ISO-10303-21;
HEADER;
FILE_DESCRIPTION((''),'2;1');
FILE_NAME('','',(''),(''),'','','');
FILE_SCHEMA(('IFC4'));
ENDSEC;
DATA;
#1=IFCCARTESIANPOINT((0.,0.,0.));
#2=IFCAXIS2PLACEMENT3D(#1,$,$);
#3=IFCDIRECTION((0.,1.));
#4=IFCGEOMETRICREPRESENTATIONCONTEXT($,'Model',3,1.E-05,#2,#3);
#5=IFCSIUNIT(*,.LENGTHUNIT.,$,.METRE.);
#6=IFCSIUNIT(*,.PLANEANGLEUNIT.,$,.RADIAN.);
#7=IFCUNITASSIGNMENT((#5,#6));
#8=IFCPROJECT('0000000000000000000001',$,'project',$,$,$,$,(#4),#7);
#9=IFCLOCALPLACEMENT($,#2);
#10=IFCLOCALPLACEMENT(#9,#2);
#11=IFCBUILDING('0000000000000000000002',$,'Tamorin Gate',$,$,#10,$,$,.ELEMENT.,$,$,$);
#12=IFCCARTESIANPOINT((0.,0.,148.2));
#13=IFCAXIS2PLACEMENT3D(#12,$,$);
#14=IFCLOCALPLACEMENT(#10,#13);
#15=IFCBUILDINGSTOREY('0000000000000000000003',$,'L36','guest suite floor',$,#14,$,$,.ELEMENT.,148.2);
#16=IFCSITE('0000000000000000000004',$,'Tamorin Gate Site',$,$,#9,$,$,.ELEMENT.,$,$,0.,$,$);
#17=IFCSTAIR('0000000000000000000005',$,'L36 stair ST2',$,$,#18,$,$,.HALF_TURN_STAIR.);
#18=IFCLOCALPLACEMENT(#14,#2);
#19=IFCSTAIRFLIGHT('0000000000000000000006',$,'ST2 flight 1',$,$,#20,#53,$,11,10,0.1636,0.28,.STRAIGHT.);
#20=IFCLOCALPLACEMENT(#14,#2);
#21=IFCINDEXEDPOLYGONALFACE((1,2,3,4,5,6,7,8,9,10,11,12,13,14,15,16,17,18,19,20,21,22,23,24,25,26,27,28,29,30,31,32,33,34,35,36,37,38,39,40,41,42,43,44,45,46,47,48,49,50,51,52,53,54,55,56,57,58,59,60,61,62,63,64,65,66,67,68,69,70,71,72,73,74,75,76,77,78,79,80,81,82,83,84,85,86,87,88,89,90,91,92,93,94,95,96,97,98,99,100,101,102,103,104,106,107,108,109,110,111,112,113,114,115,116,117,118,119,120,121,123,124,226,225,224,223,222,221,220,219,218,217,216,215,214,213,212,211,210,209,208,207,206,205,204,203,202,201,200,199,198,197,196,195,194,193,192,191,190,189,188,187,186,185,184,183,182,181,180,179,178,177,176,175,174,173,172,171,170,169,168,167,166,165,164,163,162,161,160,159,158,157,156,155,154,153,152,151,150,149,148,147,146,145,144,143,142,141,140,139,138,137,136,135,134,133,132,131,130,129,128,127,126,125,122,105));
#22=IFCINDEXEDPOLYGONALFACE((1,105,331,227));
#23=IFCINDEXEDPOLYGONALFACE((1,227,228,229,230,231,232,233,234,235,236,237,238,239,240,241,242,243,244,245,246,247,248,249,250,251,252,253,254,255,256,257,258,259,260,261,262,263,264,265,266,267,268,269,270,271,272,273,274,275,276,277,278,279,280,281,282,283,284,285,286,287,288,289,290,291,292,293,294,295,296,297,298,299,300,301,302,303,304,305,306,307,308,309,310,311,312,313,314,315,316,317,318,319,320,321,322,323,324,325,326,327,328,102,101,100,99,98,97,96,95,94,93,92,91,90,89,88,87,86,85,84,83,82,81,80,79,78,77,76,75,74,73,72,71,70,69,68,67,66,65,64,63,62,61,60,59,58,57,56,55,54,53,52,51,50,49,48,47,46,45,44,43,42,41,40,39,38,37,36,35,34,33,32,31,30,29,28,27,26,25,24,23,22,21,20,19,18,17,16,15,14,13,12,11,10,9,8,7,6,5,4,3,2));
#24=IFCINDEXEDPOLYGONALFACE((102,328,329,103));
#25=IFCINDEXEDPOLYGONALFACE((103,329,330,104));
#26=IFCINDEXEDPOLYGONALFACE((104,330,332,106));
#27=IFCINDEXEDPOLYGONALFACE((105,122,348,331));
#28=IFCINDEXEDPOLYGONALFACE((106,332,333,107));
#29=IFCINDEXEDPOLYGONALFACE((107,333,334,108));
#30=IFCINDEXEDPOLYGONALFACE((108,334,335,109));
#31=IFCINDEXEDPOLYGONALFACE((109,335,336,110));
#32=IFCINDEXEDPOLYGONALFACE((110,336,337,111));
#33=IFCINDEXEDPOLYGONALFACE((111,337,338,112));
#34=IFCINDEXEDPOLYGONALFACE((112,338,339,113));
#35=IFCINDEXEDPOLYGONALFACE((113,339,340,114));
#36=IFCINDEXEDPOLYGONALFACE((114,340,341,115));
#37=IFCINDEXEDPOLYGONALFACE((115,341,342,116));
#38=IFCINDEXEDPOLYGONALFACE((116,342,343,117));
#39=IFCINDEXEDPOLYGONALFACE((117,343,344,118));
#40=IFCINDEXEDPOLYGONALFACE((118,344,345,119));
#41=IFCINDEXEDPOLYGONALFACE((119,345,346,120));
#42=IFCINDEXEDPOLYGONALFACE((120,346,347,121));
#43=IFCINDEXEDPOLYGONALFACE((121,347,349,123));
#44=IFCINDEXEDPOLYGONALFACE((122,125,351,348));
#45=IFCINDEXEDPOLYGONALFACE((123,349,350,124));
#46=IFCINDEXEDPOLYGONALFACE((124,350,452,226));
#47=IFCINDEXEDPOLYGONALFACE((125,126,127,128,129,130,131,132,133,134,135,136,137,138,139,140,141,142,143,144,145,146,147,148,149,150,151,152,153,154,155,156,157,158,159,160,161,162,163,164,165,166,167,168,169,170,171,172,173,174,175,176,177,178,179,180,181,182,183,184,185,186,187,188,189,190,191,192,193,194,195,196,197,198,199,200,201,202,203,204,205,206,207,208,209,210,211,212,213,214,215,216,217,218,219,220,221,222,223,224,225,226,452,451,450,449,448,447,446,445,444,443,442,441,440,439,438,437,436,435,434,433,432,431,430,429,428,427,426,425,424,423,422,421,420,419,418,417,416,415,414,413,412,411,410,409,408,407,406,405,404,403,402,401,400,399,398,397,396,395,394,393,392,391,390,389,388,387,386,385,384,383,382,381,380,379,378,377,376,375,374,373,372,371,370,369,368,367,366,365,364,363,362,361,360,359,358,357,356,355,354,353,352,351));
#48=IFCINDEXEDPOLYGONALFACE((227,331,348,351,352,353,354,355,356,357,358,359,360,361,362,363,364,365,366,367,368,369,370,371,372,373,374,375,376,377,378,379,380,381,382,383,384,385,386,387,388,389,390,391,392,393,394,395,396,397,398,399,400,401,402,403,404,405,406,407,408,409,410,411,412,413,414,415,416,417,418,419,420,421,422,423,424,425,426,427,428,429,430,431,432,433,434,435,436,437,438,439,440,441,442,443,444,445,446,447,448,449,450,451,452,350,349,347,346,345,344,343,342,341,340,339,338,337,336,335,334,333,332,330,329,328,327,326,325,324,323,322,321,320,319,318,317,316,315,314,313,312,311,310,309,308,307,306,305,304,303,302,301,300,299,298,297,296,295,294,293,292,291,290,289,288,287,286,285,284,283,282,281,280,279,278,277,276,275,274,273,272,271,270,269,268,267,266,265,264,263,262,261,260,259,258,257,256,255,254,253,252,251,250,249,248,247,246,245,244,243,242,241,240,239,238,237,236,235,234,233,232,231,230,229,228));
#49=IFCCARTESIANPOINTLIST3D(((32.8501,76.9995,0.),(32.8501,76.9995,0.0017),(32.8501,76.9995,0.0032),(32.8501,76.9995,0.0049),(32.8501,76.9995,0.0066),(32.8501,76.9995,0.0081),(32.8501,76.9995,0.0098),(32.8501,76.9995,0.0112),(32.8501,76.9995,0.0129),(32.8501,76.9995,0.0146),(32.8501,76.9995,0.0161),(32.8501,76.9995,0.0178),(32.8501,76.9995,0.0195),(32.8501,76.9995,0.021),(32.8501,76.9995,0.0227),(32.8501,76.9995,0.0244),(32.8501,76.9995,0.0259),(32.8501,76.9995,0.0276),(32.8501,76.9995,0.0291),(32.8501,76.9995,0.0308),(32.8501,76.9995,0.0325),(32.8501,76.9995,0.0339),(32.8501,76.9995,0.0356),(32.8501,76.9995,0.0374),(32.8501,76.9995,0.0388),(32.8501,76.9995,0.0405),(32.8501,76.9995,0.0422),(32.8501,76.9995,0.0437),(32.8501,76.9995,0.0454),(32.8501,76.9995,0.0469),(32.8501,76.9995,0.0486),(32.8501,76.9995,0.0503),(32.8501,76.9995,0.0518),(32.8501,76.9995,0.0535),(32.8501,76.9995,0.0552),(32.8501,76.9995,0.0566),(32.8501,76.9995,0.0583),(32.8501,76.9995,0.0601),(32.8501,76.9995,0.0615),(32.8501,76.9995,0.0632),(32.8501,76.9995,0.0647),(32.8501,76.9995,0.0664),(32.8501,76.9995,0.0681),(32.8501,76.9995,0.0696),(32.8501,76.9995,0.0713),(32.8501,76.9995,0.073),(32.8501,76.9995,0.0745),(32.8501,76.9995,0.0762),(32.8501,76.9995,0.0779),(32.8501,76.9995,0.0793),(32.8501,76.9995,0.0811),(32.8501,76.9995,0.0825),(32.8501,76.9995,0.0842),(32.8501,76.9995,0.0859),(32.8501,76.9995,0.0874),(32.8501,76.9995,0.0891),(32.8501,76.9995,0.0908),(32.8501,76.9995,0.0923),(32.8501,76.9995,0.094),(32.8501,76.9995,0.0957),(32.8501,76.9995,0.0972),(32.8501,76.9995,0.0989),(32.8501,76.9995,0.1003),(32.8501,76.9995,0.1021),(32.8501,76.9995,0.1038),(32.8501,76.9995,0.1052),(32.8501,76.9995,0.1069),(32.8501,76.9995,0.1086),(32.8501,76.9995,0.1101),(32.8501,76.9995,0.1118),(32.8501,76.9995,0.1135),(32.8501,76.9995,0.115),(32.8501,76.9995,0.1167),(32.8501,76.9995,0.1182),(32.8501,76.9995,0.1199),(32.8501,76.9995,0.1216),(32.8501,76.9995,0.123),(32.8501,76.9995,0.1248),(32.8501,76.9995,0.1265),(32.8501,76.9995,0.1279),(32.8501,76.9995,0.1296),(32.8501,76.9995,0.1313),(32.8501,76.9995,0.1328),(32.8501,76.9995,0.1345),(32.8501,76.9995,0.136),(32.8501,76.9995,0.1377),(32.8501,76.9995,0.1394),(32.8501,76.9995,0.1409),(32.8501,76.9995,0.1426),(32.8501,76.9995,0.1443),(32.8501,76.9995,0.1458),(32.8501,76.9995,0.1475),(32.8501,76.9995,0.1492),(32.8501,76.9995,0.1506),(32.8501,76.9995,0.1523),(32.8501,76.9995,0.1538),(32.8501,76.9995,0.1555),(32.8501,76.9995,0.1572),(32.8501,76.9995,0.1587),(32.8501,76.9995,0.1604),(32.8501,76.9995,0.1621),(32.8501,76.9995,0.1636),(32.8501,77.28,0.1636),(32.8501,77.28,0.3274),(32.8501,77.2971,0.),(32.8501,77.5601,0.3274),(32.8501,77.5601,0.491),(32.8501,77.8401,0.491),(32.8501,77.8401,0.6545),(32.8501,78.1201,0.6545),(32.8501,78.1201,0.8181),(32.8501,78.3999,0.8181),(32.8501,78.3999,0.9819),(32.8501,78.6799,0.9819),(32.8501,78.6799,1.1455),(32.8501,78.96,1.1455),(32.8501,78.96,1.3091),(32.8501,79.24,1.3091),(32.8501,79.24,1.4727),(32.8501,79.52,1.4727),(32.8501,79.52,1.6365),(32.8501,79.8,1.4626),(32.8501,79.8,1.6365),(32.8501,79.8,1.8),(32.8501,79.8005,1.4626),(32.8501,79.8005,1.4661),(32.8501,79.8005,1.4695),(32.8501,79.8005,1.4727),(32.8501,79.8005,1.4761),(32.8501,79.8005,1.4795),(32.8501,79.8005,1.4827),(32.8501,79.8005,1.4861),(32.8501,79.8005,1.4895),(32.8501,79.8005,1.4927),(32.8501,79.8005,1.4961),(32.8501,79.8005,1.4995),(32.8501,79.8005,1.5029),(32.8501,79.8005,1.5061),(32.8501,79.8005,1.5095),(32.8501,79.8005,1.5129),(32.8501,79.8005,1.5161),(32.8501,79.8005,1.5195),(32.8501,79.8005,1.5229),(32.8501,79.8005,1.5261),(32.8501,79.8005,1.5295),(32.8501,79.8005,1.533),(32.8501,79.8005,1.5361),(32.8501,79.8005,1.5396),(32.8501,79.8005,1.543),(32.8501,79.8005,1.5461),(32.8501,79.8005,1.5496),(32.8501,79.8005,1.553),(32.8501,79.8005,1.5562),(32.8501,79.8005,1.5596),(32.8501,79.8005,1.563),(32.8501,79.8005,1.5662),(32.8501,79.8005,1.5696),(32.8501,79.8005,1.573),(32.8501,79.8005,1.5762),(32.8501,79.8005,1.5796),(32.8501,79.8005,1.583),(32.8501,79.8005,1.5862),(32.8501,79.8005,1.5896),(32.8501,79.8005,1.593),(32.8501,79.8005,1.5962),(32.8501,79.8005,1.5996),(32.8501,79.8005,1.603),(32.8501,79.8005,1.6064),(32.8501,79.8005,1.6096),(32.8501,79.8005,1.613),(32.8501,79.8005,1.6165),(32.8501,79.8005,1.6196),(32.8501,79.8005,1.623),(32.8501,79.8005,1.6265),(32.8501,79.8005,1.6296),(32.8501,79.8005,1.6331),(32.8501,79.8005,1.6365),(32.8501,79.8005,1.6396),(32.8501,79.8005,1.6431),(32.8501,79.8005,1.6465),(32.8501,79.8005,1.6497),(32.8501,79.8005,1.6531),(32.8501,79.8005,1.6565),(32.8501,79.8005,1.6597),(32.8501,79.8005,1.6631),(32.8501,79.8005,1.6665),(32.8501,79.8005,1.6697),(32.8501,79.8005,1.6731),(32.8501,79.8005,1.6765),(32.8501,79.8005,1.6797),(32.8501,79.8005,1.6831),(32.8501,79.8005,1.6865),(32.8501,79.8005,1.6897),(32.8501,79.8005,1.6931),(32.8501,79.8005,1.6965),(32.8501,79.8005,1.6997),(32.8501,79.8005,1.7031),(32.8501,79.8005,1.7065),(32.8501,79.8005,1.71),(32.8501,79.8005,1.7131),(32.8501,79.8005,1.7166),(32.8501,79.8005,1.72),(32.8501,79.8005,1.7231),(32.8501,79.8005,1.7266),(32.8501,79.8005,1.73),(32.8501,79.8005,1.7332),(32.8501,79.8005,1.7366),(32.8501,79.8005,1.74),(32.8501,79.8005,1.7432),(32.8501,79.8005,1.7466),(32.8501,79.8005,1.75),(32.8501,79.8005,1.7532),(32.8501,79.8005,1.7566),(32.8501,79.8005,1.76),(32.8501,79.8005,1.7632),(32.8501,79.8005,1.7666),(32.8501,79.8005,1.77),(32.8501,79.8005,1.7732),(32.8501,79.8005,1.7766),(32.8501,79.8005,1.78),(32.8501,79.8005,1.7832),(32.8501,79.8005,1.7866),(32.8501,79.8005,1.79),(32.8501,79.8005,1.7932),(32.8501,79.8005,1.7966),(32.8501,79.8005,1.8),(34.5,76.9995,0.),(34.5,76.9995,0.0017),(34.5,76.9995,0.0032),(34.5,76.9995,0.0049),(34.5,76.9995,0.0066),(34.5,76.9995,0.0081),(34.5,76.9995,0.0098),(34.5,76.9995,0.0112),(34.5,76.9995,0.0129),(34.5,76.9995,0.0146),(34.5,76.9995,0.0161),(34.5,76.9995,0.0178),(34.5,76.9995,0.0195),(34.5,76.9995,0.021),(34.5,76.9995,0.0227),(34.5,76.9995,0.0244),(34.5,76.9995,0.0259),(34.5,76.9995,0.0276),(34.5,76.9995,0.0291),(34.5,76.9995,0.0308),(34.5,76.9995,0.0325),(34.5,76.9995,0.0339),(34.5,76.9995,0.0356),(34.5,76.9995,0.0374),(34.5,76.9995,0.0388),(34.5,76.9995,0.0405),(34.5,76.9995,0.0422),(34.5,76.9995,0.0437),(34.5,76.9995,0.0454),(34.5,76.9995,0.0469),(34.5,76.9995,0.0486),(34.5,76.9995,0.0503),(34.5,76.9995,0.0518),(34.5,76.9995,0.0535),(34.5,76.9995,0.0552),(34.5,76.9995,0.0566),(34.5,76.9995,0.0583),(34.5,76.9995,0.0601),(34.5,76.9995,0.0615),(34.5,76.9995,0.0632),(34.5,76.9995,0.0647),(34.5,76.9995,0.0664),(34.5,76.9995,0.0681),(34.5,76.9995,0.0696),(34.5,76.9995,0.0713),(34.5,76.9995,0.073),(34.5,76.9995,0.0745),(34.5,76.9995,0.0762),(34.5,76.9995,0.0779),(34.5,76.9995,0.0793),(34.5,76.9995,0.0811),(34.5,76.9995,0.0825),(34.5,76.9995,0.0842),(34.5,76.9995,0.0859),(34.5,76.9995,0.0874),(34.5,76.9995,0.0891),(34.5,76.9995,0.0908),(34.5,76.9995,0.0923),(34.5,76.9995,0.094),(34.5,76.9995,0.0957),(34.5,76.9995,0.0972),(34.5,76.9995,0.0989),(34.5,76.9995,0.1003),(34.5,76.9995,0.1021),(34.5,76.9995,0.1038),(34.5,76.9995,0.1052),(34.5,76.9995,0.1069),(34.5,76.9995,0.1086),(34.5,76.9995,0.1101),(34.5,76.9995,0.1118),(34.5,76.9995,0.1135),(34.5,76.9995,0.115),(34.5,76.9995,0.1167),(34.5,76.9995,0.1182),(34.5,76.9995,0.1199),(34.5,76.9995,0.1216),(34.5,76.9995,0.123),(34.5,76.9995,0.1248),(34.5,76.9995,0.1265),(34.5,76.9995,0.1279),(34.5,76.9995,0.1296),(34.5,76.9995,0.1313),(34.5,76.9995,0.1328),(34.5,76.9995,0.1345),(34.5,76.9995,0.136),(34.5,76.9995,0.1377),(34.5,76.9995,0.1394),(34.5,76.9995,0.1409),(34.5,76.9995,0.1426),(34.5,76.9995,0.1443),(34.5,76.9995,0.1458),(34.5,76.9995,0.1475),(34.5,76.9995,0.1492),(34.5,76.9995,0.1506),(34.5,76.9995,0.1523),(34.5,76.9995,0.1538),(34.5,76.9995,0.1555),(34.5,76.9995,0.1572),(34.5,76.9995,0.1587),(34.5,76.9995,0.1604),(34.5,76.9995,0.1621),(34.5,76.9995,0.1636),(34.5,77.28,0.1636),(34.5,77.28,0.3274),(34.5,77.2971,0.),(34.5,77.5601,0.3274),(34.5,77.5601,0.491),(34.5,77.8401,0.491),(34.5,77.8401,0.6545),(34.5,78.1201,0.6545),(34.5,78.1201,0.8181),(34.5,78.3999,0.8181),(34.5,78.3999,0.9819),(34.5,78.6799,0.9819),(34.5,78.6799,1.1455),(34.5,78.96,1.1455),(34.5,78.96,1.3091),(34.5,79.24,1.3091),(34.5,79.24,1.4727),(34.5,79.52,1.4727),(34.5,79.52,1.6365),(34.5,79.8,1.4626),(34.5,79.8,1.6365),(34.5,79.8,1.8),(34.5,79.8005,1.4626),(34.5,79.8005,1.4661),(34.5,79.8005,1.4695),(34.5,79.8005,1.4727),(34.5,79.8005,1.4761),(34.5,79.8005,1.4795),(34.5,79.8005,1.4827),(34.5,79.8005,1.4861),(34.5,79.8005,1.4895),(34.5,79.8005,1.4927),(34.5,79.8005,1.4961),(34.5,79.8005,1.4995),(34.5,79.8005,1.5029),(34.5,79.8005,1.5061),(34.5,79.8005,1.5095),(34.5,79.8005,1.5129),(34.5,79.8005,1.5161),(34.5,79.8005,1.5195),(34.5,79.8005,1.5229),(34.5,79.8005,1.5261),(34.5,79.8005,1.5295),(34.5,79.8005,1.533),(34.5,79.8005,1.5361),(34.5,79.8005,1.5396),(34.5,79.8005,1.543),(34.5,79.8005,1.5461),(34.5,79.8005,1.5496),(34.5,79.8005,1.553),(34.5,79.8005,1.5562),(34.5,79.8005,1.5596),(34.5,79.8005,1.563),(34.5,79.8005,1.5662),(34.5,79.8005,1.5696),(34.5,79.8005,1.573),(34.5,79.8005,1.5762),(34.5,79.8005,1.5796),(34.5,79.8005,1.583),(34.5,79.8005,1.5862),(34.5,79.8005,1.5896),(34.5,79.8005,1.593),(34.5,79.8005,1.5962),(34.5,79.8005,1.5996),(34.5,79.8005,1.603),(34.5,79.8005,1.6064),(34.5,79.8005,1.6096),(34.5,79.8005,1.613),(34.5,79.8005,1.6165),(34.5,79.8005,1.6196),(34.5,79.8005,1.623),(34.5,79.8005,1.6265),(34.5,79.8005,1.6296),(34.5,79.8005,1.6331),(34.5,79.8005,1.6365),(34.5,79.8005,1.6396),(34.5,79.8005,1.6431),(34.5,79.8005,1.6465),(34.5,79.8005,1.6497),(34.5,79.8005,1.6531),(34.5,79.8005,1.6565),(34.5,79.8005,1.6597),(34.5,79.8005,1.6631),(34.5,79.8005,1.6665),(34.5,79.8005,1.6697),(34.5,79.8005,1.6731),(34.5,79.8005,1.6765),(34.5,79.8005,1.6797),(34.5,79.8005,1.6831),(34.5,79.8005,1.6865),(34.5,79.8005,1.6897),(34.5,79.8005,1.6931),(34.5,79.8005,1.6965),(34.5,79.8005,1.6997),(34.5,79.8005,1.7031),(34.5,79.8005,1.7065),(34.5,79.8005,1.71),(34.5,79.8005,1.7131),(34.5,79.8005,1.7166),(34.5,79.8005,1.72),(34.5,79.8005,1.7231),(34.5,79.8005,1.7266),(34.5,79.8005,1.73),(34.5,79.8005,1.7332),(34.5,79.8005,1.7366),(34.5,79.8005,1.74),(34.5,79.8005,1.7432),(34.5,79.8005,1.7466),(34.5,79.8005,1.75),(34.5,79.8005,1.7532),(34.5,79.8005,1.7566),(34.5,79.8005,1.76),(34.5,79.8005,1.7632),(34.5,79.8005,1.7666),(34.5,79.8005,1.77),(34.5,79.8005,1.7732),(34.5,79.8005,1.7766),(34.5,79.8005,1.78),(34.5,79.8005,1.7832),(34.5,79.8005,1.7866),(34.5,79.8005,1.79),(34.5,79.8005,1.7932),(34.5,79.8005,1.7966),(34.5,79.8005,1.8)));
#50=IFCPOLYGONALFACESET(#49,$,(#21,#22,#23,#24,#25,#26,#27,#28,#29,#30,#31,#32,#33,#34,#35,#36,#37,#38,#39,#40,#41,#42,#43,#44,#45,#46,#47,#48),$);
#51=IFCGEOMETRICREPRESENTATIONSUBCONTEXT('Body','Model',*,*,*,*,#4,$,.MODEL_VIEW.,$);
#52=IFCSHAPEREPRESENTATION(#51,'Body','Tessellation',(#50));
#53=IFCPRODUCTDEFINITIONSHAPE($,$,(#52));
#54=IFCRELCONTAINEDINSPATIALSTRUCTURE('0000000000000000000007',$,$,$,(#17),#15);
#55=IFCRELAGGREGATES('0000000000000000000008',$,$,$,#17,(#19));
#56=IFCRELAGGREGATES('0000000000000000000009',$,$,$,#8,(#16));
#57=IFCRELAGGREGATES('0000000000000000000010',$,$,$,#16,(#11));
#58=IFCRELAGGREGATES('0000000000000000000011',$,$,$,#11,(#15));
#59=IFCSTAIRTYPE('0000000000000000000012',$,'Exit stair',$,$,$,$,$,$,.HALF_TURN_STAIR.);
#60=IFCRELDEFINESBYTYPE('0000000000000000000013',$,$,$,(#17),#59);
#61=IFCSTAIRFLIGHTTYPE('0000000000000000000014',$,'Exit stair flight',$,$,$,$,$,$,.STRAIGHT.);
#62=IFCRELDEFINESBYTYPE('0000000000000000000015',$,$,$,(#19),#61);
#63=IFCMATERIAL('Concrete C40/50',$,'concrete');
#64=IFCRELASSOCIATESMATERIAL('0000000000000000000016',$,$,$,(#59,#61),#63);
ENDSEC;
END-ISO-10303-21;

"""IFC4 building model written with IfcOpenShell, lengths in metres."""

from ifc_helpers import new_model, si_unit, direction, frame, origin, place, context, subcontext, project, spatial, polyline, outline, extrude, material, type_object, element, aggregate, save


model = new_model("IFC4")

# Units and contexts
model_context = context("Model", 3, precision=1e-05, world=origin(), true_north=direction((0.0, 1.0)))
body_context = subcontext(model_context, "Body", "Model", "MODEL_VIEW")
ifc_project = project(units=[si_unit("LENGTHUNIT", "METRE"), si_unit("PLANEANGLEUNIT", "RADIAN")], contexts=[model_context])

# Site, building, storey
site_placement = place(None, origin())
site = spatial("IfcSite", under=ifc_project, at=site_placement, Name="Tamorin Gate Site", CompositionType="ELEMENT", RefElevation=0.0)
building_placement = place(site_placement, origin())
building = spatial("IfcBuilding", under=site, at=building_placement, Name="Tamorin Gate", CompositionType="ELEMENT")
storey_placement = place(building_placement, frame((0.0, 0.0, 148.2)))
storey = spatial("IfcBuildingStorey", under=building, at=storey_placement, Name="L36", Description="guest suite floor", CompositionType="ELEMENT", Elevation=148.2)

# Shared definitions
ifc_material_1 = material(Name="Concrete C40/50", Category="concrete")

# Stair, stair flight
stair_type = type_object("IfcStairType", Name="Exit stair", PredefinedType="HALF_TURN_STAIR", material=ifc_material_1)
stair_flight_type = type_object("IfcStairFlightType", Name="Exit stair flight", PredefinedType="STRAIGHT", material=ifc_material_1)
stair_1_placement = place(storey_placement, origin())
stair_1 = element("IfcStair", 1, at=stair_1_placement, inside=storey, type_object=stair_type, Name="L36 stair ST2", PredefinedType="HALF_TURN_STAIR")
stair_flight_1_placement = place(storey_placement, frame((33.675, 77.0, 0.0), z_axis=(0.0, 0.0, 1.0), x_axis=(0.0, 1.0, 0.0)))
stair_flight_1 = element("IfcStairFlight", 2, at=stair_flight_1_placement, type_object=stair_flight_type, Name="ST2 flight 1", NumberOfRisers=11, NumberOfTreads=10, PredefinedType="STRAIGHT", RiserHeight=0.1636, TreadLength=0.28, context=body_context, shape_type="SweptSolid", body=[
    extrude(outline(polyline([(-0.0005, 0.0), (-0.0005, 0.0017), (-0.0005, 0.0032), (-0.0005, 0.0049), (-0.0005, 0.0066), (-0.0005, 0.0081), (-0.0005, 0.0098), (-0.0005, 0.0112), (-0.0005, 0.0129), (-0.0005, 0.0146), (-0.0005, 0.0161), (-0.0005, 0.0178), (-0.0005, 0.0195), (-0.0005, 0.021), (-0.0005, 0.0227), (-0.0005, 0.0244), (-0.0005, 0.0259), (-0.0005, 0.0276), (-0.0005, 0.0291), (-0.0005, 0.0308), (-0.0005, 0.0325), (-0.0005, 0.0339), (-0.0005, 0.0356), (-0.0005, 0.0374), (-0.0005, 0.0388), (-0.0005, 0.0405), (-0.0005, 0.0422), (-0.0005, 0.0437), (-0.0005, 0.0454), (-0.0005, 0.0469), (-0.0005, 0.0486), (-0.0005, 0.0503), (-0.0005, 0.0518), (-0.0005, 0.0535), (-0.0005, 0.0552), (-0.0005, 0.0566), (-0.0005, 0.0583), (-0.0005, 0.0601), (-0.0005, 0.0615), (-0.0005, 0.0632), (-0.0005, 0.0647), (-0.0005, 0.0664), (-0.0005, 0.0681), (-0.0005, 0.0696), (-0.0005, 0.0713), (-0.0005, 0.073), (-0.0005, 0.0745), (-0.0005, 0.0762), (-0.0005, 0.0779), (-0.0005, 0.0793), (-0.0005, 0.0811), (-0.0005, 0.0825), (-0.0005, 0.0842), (-0.0005, 0.0859), (-0.0005, 0.0874), (-0.0005, 0.0891), (-0.0005, 0.0908), (-0.0005, 0.0923), (-0.0005, 0.094), (-0.0005, 0.0957), (-0.0005, 0.0972), (-0.0005, 0.0989), (-0.0005, 0.1003), (-0.0005, 0.1021), (-0.0005, 0.1038), (-0.0005, 0.1052), (-0.0005, 0.1069), (-0.0005, 0.1086), (-0.0005, 0.1101), (-0.0005, 0.1118), (-0.0005, 0.1135), (-0.0005, 0.115), (-0.0005, 0.1167), (-0.0005, 0.1182), (-0.0005, 0.1199), (-0.0005, 0.1216), (-0.0005, 0.123), (-0.0005, 0.1248), (-0.0005, 0.1265), (-0.0005, 0.1279), (-0.0005, 0.1296), (-0.0005, 0.1313), (-0.0005, 0.1328), (-0.0005, 0.1345), (-0.0005, 0.136), (-0.0005, 0.1377), (-0.0005, 0.1394), (-0.0005, 0.1409), (-0.0005, 0.1426), (-0.0005, 0.1443), (-0.0005, 0.1458), (-0.0005, 0.1475), (-0.0005, 0.1492), (-0.0005, 0.1506), (-0.0005, 0.1523), (-0.0005, 0.1538), (-0.0005, 0.1555), (-0.0005, 0.1572), (-0.0005, 0.1587), (-0.0005, 0.1604), (-0.0005, 0.1621), (-0.0005, 0.1636), (0.28, 0.1636), (0.28, 0.3274), (0.5601, 0.3274), (0.5601, 0.491), (0.8401, 0.491), (0.8401, 0.6545), (1.1201, 0.6545), (1.1201, 0.8181), (1.3999, 0.8181), (1.3999, 0.9819), (1.6799, 0.9819), (1.6799, 1.1455), (1.96, 1.1455), (1.96, 1.3091), (2.24, 1.3091), (2.24, 1.4727), (2.52, 1.4727), (2.52, 1.6365), (2.8, 1.6365), (2.8, 1.8), (2.8005, 1.8), (2.8005, 1.7966), (2.8005, 1.7932), (2.8005, 1.79), (2.8005, 1.7866), (2.8005, 1.7832), (2.8005, 1.78), (2.8005, 1.7766), (2.8005, 1.7732), (2.8005, 1.77), (2.8005, 1.7666), (2.8005, 1.7632), (2.8005, 1.76), (2.8005, 1.7566), (2.8005, 1.7532), (2.8005, 1.75), (2.8005, 1.7466), (2.8005, 1.7432), (2.8005, 1.74), (2.8005, 1.7366), (2.8005, 1.7332), (2.8005, 1.73), (2.8005, 1.7266), (2.8005, 1.7231), (2.8005, 1.72), (2.8005, 1.7166), (2.8005, 1.7131), (2.8005, 1.71), (2.8005, 1.7065), (2.8005, 1.7031), (2.8005, 1.6997), (2.8005, 1.6965), (2.8005, 1.6931), (2.8005, 1.6897), (2.8005, 1.6865), (2.8005, 1.6831), (2.8005, 1.6797), (2.8005, 1.6765), (2.8005, 1.6731), (2.8005, 1.6697), (2.8005, 1.6665), (2.8005, 1.6631), (2.8005, 1.6597), (2.8005, 1.6565), (2.8005, 1.6531), (2.8005, 1.6497), (2.8005, 1.6465), (2.8005, 1.6431), (2.8005, 1.6396), (2.8005, 1.6365), (2.8005, 1.6331), (2.8005, 1.6296), (2.8005, 1.6265), (2.8005, 1.623), (2.8005, 1.6196), (2.8005, 1.6165), (2.8005, 1.613), (2.8005, 1.6096), (2.8005, 1.6064), (2.8005, 1.603), (2.8005, 1.5996), (2.8005, 1.5962), (2.8005, 1.593), (2.8005, 1.5896), (2.8005, 1.5862), (2.8005, 1.583), (2.8005, 1.5796), (2.8005, 1.5762), (2.8005, 1.573), (2.8005, 1.5696), (2.8005, 1.5662), (2.8005, 1.563), (2.8005, 1.5596), (2.8005, 1.5562), (2.8005, 1.553), (2.8005, 1.5496), (2.8005, 1.5461), (2.8005, 1.543), (2.8005, 1.5396), (2.8005, 1.5361), (2.8005, 1.533), (2.8005, 1.5295), (2.8005, 1.5261), (2.8005, 1.5229), (2.8005, 1.5195), (2.8005, 1.5161), (2.8005, 1.5129), (2.8005, 1.5095), (2.8005, 1.5061), (2.8005, 1.5029), (2.8005, 1.4995), (2.8005, 1.4961), (2.8005, 1.4927), (2.8005, 1.4895), (2.8005, 1.4861), (2.8005, 1.4827), (2.8005, 1.4795), (2.8005, 1.4761), (2.8005, 1.4727), (2.8005, 1.4695), (2.8005, 1.4661), (2.8005, 1.4626), (2.8, 1.4626), (0.2971, 0.0), (-0.0005, 0.0)])), frame((0.0, 0.825, 0.0), z_axis=(0.0, -1.0, 0.0), x_axis=(1.0, 0.0, 0.0)), (0.0, 0.0, 1.0), 1.6499),
])
aggregate(stair_1, [stair_flight_1])

save(model, "model.ifc")
